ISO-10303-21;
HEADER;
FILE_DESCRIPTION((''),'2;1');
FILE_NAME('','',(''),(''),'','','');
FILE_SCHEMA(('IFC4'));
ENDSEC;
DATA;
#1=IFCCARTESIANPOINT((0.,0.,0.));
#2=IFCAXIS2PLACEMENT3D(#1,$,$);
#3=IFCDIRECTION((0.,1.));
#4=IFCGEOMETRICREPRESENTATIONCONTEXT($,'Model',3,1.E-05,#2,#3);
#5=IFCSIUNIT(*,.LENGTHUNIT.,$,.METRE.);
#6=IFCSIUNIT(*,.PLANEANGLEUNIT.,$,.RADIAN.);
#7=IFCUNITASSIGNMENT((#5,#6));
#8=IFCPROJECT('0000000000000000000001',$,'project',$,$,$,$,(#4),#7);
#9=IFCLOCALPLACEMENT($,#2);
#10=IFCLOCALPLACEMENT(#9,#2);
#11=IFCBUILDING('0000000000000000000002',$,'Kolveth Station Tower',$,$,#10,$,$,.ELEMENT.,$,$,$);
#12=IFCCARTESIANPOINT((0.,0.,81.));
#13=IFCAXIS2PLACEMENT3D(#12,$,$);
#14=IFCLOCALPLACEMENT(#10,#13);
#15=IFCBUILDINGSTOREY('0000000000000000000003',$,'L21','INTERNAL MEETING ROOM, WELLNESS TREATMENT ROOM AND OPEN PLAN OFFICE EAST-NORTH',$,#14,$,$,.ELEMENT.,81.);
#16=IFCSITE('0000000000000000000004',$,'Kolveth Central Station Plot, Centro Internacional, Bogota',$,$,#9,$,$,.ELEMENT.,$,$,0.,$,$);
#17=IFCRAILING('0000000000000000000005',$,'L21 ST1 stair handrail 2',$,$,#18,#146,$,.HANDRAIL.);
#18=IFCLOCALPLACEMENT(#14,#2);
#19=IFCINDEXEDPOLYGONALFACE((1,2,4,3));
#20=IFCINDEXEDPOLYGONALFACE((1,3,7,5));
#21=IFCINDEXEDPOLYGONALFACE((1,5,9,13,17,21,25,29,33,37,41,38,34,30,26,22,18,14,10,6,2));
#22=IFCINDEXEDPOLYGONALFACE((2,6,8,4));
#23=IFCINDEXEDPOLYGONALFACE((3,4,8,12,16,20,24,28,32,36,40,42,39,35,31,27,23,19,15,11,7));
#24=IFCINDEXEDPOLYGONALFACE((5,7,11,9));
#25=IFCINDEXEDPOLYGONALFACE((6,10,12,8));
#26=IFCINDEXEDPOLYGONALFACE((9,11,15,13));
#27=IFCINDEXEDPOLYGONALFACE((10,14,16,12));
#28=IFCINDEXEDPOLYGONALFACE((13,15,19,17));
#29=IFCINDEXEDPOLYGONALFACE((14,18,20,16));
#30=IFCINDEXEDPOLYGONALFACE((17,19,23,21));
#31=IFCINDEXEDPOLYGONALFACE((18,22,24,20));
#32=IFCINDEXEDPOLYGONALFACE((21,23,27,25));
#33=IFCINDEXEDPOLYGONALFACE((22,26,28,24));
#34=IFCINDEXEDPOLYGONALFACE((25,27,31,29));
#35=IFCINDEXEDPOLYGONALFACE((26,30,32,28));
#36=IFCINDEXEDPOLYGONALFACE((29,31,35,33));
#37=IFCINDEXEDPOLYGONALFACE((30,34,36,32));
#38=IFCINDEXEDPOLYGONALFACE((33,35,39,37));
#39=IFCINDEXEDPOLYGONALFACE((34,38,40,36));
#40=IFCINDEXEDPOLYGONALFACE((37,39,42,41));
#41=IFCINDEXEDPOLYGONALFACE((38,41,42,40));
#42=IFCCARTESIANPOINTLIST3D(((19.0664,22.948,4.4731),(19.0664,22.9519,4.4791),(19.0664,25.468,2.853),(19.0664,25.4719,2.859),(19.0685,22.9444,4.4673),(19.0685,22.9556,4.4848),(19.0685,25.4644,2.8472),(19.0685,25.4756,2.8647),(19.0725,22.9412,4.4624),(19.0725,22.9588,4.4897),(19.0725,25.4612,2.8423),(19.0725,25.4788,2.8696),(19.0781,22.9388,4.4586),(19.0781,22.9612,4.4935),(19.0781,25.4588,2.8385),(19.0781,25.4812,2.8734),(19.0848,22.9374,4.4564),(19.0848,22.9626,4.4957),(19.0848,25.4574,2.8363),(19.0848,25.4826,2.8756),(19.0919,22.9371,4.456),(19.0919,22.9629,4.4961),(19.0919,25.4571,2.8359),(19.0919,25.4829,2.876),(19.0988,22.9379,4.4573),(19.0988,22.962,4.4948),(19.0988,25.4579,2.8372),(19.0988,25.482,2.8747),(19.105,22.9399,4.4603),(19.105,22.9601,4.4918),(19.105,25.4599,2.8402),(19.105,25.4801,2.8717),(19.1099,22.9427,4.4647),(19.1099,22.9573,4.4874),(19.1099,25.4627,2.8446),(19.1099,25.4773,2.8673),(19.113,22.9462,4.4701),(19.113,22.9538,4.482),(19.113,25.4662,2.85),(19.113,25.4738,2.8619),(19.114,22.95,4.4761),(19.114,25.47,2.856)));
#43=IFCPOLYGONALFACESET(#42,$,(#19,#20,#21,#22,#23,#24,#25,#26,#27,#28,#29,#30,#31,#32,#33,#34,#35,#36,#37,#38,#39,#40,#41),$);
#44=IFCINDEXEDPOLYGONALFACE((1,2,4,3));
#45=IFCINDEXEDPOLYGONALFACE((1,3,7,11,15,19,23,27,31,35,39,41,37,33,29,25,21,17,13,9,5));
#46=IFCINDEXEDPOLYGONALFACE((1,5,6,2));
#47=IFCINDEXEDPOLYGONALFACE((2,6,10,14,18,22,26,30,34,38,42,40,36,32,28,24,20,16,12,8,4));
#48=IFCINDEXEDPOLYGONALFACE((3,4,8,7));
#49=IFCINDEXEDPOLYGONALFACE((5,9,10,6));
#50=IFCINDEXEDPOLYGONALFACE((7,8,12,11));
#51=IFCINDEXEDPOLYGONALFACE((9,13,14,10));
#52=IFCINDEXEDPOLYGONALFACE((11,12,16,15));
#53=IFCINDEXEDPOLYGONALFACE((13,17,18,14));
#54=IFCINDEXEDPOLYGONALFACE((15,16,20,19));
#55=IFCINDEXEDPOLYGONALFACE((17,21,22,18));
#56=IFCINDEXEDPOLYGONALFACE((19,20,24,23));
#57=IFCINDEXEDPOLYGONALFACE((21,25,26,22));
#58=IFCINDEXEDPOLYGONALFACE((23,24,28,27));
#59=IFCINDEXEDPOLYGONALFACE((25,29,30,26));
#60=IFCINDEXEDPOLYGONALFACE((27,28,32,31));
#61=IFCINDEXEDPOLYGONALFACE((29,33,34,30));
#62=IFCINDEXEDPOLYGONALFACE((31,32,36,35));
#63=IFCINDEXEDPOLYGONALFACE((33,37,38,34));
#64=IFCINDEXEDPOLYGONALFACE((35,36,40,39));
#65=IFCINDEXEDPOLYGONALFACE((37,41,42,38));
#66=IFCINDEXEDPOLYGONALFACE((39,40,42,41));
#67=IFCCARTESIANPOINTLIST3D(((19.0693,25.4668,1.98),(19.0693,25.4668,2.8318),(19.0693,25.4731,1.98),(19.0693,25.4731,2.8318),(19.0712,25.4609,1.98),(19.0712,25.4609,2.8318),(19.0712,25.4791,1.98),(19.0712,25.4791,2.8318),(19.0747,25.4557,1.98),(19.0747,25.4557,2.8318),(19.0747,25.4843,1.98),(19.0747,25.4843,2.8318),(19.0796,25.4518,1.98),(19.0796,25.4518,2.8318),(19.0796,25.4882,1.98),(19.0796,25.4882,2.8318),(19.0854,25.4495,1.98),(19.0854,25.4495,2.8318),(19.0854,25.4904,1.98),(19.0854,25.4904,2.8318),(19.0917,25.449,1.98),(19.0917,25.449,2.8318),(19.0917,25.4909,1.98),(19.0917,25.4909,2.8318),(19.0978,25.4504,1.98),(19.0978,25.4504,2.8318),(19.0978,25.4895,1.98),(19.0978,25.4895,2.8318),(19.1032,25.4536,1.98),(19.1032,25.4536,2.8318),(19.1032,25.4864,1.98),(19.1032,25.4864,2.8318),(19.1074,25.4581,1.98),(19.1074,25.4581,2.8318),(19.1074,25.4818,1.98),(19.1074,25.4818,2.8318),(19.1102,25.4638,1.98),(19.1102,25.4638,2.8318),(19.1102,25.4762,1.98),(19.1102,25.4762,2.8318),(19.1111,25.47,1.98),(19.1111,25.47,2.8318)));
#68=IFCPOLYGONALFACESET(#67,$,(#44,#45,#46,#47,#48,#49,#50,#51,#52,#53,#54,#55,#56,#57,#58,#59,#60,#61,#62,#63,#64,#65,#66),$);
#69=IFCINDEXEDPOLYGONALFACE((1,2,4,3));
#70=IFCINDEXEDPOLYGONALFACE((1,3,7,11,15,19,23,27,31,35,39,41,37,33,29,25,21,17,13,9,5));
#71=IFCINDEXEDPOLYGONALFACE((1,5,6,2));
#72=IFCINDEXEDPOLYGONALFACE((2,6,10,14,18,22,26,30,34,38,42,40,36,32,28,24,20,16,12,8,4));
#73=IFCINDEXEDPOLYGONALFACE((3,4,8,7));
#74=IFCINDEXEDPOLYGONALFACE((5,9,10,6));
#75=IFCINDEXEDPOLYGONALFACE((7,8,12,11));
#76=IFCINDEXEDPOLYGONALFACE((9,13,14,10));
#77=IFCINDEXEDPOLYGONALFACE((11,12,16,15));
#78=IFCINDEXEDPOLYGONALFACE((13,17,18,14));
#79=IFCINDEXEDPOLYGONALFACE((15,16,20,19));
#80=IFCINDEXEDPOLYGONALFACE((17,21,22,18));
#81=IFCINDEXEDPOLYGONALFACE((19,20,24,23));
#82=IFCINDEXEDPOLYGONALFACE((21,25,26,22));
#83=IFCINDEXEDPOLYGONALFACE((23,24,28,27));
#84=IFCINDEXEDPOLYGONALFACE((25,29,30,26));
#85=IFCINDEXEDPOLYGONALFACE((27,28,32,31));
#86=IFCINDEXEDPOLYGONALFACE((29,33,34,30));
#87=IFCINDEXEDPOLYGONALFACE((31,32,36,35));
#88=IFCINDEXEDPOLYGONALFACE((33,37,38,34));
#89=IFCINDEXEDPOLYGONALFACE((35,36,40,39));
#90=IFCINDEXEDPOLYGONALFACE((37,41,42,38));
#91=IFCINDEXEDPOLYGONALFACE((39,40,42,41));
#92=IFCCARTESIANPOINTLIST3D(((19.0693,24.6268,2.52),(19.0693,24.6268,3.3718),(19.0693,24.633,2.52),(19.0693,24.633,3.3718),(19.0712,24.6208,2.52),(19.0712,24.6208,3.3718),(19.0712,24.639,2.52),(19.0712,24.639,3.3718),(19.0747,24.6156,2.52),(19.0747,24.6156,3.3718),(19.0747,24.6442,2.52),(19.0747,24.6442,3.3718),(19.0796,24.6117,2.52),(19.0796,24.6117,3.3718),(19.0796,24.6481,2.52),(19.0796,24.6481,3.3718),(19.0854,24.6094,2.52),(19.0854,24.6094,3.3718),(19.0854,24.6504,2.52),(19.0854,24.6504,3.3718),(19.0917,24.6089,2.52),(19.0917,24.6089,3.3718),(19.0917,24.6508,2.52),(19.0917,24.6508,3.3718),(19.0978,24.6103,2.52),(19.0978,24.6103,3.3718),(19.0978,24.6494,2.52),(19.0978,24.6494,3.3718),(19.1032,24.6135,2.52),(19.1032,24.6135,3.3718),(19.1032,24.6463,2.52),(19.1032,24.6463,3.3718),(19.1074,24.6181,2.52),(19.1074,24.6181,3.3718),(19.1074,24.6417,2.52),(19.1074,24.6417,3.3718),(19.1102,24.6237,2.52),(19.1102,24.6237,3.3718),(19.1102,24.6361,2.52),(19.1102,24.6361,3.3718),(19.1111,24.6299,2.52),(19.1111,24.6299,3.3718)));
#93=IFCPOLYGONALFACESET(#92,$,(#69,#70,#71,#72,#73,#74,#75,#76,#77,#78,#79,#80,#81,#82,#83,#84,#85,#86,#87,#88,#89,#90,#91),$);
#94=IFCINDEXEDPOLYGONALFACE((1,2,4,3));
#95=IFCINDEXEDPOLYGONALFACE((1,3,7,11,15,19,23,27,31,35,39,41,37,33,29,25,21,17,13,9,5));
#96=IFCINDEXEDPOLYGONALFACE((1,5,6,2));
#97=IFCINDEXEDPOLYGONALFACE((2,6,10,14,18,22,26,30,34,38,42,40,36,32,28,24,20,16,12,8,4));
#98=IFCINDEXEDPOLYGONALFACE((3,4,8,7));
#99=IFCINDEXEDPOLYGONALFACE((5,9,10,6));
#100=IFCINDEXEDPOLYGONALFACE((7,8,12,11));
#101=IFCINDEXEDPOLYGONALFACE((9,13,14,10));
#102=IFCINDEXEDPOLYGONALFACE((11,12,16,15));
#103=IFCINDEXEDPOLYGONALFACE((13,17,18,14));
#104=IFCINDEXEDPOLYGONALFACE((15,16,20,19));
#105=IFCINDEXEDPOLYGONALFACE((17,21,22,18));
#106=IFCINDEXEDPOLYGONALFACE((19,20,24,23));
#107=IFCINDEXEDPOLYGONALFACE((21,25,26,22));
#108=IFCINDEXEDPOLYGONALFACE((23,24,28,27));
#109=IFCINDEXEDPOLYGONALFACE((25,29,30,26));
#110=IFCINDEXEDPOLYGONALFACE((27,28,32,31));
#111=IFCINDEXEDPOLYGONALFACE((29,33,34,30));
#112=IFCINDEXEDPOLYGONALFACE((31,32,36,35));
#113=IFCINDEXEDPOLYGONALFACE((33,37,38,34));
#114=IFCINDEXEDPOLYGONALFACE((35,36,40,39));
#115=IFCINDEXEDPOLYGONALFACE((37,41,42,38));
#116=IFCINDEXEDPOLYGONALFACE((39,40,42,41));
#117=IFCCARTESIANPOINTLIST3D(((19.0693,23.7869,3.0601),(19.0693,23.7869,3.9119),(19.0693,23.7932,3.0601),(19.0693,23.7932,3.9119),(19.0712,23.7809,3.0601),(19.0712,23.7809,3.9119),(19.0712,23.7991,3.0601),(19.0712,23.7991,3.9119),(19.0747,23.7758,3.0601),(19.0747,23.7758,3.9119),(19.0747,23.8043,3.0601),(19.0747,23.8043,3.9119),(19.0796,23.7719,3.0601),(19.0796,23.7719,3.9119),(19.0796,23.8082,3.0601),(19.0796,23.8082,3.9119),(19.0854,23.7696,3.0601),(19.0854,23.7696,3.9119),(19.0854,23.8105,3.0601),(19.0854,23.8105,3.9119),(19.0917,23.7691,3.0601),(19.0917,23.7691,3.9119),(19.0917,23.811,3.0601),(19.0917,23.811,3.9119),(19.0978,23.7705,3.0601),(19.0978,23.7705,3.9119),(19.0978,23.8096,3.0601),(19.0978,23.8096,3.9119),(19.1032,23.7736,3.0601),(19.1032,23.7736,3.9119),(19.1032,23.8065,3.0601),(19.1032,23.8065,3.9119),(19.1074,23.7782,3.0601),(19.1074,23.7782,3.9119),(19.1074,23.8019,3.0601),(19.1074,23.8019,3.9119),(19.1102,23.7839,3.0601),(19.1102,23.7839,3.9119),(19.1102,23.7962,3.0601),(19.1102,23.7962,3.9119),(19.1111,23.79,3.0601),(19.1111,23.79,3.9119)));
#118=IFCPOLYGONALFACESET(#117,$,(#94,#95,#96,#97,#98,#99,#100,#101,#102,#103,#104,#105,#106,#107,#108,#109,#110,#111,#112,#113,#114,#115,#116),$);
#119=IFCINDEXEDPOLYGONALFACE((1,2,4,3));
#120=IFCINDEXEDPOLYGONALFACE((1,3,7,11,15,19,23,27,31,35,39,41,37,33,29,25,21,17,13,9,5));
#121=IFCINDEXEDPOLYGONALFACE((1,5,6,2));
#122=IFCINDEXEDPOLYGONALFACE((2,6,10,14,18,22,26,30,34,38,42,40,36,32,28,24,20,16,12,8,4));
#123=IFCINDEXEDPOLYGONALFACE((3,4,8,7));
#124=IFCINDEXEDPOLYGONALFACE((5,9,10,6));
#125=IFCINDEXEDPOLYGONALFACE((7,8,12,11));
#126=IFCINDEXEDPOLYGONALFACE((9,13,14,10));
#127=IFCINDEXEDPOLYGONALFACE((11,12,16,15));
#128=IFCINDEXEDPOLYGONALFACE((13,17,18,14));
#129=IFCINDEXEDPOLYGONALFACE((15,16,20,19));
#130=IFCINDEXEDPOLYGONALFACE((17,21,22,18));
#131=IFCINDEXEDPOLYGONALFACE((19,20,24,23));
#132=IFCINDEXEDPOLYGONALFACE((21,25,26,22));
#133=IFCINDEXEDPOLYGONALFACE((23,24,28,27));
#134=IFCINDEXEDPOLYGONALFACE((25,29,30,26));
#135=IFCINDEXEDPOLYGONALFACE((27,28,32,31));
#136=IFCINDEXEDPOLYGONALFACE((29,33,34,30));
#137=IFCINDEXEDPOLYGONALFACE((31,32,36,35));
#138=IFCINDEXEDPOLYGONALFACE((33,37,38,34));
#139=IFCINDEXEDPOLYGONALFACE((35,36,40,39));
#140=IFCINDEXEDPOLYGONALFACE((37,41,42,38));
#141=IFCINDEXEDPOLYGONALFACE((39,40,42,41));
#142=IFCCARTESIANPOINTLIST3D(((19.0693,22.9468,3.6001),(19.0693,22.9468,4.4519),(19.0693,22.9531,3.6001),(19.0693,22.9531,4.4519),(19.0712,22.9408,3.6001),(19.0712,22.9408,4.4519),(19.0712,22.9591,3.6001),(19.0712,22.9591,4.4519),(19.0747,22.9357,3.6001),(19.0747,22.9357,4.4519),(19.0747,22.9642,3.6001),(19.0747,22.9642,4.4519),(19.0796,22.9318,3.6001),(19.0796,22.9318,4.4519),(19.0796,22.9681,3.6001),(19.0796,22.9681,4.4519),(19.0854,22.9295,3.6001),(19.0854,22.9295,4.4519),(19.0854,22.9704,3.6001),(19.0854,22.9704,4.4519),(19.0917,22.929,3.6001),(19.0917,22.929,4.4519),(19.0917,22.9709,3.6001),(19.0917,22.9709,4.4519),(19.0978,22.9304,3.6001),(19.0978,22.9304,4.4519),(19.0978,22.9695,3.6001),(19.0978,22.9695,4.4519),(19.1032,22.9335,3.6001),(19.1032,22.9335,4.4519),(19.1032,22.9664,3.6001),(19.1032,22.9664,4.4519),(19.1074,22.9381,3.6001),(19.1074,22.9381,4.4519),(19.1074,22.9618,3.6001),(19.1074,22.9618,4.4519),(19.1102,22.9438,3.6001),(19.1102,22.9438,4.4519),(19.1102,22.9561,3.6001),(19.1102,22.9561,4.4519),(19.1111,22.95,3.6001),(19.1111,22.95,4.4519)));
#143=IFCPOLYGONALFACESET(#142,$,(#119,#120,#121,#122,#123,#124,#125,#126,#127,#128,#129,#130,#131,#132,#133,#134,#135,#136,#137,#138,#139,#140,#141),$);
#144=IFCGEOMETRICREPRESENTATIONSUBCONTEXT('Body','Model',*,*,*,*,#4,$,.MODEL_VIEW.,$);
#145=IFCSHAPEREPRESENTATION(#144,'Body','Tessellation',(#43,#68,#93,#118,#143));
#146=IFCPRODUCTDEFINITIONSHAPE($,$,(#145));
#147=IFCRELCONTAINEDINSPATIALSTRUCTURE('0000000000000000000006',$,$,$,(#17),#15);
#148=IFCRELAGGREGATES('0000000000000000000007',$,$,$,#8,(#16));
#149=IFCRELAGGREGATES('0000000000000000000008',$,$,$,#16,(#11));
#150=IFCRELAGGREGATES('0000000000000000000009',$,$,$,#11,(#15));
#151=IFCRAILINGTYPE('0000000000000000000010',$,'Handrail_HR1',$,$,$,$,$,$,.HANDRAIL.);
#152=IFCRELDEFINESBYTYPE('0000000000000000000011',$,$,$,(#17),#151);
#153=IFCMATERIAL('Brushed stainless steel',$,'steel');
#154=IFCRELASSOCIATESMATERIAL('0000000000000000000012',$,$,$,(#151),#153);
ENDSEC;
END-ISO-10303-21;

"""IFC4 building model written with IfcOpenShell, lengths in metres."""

from ifc_helpers import new_model, si_unit, direction, frame, origin, origin_2d, place, context, subcontext, project, spatial, circle, extrude, material, type_object, element, save


model = new_model("IFC4")

# Units and contexts
model_context = context("Model", 3, precision=1e-05, world=origin(), true_north=direction((0.0, 1.0)))
body_context = subcontext(model_context, "Body", "Model", "MODEL_VIEW")
ifc_project = project(units=[si_unit("LENGTHUNIT", "METRE"), si_unit("PLANEANGLEUNIT", "RADIAN")], contexts=[model_context])

# Site, building, storey
site_placement = place(None, origin())
site = spatial("IfcSite", under=ifc_project, at=site_placement, Name="Kolveth Central Station Plot, Centro Internacional, Bogota", CompositionType="ELEMENT", RefElevation=0.0)
building_placement = place(site_placement, origin())
building = spatial("IfcBuilding", under=site, at=building_placement, Name="Kolveth Station Tower", CompositionType="ELEMENT")
storey_placement = place(building_placement, frame((0.0, 0.0, 81.0)))
storey = spatial("IfcBuildingStorey", under=building, at=storey_placement, Name="L21", Description="INTERNAL MEETING ROOM, WELLNESS TREATMENT ROOM AND OPEN PLAN OFFICE EAST-NORTH", CompositionType="ELEMENT", Elevation=81.0)

# Railing
ifc_material_1 = material(Name="Brushed stainless steel", Category="steel")
railing_type_1 = type_object("IfcRailingType", Name="Handrail_HR1", PredefinedType="HANDRAIL", material=ifc_material_1)
railing_1_placement = place(storey_placement, frame((19.0901, 25.47, 1.98)))
element("IfcRailing", 1, at=railing_1_placement, inside=storey, type_object=railing_type_1, Name="L21 ST1 stair handrail 2", PredefinedType="HANDRAIL", context=body_context, shape_type="SweptSolid", body=[
    extrude(circle(Radius=0.0239, at=origin_2d()), frame((0.0, 0.0, 0.876), z_axis=(0.0, -0.841163, 0.540782), x_axis=(1.0, 0.0, 0.0)), (0.0, 0.0, 1.0), 2.9958),
    extrude(circle(Radius=0.021, at=origin_2d()), origin(), (0.0, 0.0, 1.0), 0.8518),
    extrude(circle(Radius=0.021, at=origin_2d()), frame((0.0, -0.8401, 0.54)), (0.0, 0.0, 1.0), 0.8518),
    extrude(circle(Radius=0.021, at=origin_2d()), frame((0.0, -1.6799, 1.0801)), (0.0, 0.0, 1.0), 0.8518),
    extrude(circle(Radius=0.021, at=origin_2d()), frame((0.0, -2.52, 1.6201)), (0.0, 0.0, 1.0), 0.8518),
])

save(model, "model.ifc")
